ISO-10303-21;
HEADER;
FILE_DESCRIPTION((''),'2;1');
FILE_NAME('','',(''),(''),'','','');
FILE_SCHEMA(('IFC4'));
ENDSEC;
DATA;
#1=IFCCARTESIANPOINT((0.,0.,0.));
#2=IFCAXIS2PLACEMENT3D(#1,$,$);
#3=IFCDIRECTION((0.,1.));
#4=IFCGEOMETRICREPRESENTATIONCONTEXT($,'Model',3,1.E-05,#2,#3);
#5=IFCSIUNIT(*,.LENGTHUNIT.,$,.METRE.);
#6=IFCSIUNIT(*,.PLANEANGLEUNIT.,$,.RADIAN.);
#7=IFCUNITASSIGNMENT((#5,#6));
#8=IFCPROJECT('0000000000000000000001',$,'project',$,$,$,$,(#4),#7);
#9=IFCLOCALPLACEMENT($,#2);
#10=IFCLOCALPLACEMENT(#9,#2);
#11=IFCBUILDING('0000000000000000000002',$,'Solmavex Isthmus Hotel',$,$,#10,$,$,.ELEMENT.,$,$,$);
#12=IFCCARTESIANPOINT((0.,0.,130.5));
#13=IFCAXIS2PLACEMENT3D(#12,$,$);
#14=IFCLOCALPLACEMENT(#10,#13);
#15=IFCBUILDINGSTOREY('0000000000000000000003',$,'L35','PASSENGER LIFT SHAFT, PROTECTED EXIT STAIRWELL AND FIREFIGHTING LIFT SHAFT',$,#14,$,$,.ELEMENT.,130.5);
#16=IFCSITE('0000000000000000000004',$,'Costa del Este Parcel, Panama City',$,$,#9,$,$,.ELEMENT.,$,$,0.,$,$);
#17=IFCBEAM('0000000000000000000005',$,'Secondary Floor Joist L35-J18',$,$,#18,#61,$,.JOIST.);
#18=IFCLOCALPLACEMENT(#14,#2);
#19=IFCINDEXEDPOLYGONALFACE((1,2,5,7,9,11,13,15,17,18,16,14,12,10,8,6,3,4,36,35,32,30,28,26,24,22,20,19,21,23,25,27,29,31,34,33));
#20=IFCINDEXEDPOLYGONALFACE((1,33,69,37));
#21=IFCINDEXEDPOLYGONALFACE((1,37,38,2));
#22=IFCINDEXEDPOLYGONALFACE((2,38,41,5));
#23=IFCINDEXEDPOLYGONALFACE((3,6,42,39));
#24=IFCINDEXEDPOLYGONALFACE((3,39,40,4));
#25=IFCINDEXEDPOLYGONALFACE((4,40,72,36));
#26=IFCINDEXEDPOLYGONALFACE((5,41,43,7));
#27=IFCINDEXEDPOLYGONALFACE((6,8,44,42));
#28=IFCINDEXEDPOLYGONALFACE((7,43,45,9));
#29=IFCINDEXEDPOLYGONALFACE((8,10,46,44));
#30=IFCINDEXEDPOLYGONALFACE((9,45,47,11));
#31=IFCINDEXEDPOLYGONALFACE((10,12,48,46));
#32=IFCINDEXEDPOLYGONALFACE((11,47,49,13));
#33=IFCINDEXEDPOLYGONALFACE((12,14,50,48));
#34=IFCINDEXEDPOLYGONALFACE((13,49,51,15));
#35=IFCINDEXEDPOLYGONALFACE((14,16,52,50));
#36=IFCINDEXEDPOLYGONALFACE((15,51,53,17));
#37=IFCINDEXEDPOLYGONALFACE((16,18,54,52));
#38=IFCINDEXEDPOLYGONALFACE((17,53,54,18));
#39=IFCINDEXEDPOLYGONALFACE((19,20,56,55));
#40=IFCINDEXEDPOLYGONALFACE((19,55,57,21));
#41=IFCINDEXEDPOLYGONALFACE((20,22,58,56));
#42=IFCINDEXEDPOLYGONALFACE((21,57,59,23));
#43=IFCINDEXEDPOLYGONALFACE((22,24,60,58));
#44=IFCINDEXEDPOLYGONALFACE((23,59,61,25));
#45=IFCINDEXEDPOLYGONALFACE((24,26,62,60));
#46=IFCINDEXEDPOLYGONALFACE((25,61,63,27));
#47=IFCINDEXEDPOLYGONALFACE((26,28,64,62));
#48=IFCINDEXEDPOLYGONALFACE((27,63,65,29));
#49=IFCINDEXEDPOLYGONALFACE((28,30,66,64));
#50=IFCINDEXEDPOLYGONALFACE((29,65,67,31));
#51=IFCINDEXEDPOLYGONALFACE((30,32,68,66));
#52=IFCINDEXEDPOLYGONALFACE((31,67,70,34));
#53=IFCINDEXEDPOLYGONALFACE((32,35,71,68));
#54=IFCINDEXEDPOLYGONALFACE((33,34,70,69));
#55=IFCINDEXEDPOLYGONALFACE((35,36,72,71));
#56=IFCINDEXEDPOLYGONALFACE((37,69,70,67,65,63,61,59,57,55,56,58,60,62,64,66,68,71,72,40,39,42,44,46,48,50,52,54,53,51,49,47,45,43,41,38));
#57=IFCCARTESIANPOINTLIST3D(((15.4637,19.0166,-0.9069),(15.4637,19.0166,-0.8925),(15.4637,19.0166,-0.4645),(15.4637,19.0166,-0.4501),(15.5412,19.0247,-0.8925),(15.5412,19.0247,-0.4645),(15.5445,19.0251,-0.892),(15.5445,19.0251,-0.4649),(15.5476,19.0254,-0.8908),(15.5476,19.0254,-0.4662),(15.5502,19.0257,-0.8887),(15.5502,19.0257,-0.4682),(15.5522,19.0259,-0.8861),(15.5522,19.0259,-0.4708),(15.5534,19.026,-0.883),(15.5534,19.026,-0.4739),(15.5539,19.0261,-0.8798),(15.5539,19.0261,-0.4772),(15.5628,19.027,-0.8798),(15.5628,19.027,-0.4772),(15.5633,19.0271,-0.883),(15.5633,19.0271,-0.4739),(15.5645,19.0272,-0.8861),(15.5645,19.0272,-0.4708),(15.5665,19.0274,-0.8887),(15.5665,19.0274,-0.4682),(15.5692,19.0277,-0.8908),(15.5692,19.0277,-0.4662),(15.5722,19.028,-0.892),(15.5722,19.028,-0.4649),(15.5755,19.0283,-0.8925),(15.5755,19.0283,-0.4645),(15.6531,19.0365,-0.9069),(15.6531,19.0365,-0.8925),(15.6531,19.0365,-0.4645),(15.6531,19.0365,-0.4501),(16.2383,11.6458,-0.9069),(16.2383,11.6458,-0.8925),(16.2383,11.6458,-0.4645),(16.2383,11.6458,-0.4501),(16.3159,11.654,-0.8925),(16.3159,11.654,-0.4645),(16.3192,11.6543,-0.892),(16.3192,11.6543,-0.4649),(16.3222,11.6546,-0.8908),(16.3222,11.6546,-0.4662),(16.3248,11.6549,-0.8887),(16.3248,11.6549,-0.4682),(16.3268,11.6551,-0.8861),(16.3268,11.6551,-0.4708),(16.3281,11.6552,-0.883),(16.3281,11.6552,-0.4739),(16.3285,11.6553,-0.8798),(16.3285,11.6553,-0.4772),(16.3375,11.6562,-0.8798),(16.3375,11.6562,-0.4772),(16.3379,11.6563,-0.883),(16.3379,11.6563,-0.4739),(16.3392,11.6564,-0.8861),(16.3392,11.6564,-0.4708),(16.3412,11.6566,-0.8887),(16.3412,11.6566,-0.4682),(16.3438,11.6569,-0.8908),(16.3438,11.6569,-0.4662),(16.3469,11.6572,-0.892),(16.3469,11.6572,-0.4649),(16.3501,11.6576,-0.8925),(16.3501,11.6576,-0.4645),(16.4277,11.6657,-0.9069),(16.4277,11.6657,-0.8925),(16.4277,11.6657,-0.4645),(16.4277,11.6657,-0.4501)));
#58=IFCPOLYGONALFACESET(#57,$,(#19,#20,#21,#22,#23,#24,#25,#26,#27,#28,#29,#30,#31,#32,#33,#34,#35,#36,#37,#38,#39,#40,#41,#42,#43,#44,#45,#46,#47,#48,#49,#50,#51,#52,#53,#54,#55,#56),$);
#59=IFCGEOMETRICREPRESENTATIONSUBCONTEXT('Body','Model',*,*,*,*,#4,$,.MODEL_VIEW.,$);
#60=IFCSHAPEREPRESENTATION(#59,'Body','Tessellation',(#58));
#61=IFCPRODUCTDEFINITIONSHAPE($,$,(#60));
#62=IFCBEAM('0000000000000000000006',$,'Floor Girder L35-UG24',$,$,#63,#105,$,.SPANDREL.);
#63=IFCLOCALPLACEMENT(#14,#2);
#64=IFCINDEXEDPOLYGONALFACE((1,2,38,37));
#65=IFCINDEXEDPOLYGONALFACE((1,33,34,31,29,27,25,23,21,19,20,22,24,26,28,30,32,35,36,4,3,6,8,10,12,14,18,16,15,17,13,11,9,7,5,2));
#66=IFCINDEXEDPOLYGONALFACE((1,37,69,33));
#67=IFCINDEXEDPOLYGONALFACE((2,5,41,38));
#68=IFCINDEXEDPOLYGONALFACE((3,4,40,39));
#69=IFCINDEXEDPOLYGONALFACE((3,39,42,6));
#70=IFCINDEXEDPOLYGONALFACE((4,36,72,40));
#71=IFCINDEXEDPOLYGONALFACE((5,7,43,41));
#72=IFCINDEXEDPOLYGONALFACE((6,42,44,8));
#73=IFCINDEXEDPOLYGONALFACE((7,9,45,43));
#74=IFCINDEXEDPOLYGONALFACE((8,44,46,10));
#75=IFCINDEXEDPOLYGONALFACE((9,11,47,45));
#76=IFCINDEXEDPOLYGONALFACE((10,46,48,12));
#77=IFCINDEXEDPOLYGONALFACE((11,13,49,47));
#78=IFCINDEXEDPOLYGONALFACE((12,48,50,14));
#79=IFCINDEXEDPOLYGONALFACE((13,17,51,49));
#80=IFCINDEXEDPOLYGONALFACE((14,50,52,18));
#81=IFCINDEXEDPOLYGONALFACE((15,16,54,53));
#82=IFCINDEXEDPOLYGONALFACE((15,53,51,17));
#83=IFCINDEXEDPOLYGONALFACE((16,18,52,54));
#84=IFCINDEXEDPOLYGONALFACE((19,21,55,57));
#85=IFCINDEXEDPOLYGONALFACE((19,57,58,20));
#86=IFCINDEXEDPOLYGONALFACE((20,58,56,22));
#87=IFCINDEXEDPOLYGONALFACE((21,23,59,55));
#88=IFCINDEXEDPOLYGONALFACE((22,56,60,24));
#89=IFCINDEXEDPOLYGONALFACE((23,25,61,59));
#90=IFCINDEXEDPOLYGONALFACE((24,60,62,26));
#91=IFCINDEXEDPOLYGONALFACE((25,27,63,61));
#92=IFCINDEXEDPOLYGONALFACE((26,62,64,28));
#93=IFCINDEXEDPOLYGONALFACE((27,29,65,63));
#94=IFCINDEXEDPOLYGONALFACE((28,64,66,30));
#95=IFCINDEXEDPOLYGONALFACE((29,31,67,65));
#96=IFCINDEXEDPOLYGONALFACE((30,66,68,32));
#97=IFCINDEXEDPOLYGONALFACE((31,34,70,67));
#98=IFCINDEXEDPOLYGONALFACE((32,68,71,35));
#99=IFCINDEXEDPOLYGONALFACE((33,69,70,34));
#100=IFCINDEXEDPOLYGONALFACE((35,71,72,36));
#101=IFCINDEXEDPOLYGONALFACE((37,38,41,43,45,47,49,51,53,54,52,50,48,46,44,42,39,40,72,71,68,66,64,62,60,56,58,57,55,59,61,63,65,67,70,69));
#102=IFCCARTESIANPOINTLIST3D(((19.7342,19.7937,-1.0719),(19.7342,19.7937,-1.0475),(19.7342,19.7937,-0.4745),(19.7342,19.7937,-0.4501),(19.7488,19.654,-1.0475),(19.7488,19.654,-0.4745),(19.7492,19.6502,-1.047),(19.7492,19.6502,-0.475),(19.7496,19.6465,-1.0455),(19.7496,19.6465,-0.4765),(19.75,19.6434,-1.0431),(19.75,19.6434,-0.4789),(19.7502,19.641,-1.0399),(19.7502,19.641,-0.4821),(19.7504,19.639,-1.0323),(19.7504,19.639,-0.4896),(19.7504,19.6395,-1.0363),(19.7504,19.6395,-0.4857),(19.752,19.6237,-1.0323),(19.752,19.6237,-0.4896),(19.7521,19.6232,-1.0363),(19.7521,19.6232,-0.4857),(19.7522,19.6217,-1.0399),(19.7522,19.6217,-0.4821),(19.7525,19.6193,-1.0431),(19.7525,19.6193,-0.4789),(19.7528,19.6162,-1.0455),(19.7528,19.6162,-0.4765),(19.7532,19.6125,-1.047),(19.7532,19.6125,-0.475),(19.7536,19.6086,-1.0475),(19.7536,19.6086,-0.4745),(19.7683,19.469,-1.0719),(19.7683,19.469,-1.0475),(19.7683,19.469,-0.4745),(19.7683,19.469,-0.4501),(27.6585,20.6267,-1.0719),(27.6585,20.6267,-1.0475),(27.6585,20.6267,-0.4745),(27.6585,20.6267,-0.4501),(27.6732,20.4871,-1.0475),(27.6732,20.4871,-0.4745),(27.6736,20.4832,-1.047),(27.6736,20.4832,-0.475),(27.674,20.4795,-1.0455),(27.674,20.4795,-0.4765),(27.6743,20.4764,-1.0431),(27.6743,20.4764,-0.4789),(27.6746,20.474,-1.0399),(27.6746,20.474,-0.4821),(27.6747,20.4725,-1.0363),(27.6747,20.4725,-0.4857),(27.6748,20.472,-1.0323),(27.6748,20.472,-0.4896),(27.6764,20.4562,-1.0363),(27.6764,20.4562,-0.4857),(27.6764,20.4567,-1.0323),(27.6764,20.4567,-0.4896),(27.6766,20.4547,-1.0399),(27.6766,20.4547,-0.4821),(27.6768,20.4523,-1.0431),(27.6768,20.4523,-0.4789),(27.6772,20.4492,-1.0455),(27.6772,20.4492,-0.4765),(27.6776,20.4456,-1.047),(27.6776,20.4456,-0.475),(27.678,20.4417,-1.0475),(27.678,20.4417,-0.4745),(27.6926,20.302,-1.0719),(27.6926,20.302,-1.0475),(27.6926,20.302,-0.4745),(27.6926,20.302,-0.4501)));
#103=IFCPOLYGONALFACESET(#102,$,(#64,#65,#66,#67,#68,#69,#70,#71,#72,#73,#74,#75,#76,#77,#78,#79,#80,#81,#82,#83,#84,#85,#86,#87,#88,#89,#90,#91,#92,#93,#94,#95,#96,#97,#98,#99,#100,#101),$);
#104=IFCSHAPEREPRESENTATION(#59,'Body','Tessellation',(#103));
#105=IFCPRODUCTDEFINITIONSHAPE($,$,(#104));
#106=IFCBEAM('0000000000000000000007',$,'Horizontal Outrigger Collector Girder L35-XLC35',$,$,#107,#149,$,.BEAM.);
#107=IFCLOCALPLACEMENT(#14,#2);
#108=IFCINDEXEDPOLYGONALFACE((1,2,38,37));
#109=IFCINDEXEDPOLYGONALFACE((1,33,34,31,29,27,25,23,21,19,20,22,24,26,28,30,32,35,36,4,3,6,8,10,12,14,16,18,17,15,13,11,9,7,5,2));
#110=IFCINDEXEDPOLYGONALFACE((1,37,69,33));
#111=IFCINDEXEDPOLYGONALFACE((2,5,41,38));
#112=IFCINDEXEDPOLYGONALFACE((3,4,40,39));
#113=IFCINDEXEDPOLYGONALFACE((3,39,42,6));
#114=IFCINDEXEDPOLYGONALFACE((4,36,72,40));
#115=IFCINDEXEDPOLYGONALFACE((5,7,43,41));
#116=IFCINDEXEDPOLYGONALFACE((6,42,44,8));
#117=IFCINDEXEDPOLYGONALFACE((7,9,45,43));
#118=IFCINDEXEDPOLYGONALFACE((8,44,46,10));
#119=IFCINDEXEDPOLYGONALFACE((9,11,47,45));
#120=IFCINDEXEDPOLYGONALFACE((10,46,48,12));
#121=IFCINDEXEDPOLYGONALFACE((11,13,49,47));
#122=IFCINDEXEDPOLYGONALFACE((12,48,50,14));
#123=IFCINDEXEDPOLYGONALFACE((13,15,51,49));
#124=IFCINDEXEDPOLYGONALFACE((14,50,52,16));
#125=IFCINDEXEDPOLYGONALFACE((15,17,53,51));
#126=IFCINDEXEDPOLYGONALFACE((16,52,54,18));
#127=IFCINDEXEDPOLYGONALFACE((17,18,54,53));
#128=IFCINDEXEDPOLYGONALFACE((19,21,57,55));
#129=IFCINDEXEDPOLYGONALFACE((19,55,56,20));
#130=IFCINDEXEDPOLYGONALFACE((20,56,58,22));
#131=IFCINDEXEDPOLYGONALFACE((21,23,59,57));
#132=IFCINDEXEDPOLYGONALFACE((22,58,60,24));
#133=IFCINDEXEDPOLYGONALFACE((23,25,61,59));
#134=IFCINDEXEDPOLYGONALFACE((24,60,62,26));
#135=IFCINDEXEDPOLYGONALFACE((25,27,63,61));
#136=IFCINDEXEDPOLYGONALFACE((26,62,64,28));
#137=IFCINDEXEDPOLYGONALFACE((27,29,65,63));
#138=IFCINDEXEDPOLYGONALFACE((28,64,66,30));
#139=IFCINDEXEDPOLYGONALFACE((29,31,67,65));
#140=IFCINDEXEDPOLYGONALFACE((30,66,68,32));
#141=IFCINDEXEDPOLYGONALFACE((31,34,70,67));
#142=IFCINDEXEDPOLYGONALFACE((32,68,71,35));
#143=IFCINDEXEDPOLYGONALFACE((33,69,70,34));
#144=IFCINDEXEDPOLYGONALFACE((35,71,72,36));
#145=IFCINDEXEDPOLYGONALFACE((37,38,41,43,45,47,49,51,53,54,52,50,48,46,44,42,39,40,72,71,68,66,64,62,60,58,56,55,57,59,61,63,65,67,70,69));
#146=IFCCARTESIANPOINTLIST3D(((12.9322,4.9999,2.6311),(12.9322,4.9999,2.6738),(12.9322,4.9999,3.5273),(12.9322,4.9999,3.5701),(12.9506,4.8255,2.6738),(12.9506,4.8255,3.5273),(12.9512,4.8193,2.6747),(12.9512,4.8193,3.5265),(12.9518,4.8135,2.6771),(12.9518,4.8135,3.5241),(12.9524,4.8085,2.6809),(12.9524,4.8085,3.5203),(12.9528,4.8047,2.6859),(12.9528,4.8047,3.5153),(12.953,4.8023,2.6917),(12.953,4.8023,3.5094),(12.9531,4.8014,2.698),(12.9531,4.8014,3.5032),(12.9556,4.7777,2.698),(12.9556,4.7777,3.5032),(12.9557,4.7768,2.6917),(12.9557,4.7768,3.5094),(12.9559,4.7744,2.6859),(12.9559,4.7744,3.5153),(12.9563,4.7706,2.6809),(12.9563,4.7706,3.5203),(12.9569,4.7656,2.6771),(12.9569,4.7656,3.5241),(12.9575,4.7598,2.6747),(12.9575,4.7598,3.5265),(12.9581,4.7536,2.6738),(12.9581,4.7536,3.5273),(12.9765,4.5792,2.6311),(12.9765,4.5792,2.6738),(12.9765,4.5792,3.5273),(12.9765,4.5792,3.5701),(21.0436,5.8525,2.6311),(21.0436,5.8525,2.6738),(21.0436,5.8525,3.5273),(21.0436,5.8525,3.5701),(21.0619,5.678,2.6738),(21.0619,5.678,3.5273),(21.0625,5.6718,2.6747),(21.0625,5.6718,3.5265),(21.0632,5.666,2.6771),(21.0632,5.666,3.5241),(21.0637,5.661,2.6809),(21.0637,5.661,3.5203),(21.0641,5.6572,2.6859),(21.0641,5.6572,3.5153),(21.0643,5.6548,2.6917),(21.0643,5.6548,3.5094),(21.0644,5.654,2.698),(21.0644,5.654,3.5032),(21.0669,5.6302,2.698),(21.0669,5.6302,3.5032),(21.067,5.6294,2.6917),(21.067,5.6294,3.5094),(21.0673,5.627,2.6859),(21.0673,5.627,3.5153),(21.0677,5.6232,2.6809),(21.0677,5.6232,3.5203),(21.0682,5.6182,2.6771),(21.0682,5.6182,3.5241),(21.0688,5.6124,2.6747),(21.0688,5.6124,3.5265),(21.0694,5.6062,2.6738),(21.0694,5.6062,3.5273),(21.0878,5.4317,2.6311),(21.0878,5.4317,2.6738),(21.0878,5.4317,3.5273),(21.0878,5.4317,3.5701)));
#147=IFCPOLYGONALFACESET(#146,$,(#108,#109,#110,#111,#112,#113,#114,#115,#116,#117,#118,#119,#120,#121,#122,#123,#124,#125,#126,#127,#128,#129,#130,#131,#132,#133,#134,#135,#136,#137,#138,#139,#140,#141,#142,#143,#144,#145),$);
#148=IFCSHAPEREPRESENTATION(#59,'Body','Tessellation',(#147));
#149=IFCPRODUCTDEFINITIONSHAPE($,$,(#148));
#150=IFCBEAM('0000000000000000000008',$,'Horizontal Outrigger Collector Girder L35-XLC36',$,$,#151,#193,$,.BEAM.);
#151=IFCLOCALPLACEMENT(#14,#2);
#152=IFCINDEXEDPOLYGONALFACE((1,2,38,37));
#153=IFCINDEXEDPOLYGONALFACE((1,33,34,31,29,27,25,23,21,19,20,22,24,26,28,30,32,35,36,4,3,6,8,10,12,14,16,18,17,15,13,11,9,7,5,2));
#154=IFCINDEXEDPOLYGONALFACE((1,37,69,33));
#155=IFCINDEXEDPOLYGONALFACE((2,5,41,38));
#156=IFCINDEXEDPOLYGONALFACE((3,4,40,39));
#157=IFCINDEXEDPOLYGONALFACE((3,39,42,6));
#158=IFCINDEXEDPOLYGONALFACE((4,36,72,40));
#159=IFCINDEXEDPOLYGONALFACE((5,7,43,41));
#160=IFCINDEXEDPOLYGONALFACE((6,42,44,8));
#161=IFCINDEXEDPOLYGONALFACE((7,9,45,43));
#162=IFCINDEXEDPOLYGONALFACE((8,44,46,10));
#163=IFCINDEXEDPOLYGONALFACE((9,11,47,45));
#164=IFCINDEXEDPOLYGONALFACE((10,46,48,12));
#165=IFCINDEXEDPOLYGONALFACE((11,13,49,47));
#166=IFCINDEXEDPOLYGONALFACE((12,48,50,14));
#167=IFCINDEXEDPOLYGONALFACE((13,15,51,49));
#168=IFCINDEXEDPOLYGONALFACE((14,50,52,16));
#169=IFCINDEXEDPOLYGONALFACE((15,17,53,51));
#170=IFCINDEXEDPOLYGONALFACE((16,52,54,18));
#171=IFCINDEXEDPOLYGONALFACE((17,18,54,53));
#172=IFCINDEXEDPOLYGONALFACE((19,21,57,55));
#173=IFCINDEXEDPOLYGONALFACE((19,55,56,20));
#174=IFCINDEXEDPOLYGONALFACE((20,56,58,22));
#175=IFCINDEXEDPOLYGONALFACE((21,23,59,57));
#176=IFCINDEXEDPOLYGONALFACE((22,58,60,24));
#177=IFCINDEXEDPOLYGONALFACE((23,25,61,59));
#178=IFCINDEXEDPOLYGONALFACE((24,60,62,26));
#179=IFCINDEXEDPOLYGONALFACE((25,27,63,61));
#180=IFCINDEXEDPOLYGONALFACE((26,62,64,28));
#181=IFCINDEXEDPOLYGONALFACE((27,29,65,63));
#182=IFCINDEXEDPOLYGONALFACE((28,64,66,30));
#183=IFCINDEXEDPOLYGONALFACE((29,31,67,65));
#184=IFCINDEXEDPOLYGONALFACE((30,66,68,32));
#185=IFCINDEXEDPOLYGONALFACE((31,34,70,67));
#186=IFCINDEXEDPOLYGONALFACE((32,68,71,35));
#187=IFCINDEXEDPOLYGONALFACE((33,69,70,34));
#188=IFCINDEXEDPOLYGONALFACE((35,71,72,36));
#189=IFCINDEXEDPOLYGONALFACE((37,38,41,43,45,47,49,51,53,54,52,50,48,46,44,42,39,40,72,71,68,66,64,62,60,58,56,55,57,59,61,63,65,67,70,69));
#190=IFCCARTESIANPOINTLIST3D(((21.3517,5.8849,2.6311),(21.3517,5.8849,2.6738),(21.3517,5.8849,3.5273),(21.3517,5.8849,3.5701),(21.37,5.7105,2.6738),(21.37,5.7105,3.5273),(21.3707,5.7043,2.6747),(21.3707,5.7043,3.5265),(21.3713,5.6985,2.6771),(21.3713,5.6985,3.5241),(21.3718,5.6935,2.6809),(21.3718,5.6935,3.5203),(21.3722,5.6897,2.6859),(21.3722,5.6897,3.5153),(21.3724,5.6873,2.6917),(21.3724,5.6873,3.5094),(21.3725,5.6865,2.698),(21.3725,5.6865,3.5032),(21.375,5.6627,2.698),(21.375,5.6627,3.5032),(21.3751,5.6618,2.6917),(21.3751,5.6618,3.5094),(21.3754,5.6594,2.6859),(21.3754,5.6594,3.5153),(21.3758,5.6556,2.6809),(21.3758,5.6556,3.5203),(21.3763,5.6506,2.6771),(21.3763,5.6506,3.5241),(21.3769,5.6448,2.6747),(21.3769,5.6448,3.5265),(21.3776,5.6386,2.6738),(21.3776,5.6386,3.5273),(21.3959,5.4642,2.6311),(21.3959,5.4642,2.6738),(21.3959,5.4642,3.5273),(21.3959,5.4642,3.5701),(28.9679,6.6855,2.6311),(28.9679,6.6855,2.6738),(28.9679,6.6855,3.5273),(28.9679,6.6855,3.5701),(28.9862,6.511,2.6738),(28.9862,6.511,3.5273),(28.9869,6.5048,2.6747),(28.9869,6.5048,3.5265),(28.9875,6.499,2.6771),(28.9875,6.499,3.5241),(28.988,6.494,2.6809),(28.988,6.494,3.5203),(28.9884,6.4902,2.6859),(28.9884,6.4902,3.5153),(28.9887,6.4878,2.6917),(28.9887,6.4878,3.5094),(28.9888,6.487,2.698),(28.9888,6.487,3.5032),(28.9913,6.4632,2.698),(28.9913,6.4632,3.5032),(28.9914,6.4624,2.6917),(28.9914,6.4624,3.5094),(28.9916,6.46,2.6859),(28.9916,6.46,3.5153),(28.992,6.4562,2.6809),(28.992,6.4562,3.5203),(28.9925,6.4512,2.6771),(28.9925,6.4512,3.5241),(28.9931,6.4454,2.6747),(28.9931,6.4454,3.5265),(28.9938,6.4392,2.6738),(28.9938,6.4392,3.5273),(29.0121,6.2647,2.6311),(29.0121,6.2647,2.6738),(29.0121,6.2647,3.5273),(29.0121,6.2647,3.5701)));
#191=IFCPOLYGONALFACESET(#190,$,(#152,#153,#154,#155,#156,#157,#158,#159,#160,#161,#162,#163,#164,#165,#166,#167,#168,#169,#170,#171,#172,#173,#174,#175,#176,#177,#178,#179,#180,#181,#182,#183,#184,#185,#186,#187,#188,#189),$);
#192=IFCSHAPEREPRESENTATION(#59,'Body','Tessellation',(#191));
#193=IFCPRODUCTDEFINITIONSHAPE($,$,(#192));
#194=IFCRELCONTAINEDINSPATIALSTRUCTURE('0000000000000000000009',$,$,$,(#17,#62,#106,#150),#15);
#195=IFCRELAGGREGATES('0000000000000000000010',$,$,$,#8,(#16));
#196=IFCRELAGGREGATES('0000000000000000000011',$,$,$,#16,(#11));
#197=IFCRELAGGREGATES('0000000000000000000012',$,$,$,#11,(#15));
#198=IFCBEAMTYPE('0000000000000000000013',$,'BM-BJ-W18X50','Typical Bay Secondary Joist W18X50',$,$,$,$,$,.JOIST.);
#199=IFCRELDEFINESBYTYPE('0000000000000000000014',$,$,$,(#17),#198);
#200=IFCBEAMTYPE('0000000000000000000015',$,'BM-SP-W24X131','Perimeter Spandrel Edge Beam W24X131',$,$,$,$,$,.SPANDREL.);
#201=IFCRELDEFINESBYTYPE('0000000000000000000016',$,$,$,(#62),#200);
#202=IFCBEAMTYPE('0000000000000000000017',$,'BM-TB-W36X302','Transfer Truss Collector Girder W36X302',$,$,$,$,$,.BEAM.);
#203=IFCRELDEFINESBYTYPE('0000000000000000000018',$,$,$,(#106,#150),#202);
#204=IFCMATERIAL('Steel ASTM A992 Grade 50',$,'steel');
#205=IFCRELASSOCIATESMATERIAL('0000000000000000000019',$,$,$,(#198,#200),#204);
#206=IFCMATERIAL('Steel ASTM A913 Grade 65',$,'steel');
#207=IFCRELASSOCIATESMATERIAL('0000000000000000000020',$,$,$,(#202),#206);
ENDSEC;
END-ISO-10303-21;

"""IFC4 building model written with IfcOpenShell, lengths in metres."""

from ifc_helpers import new_model, si_unit, direction, frame, origin, origin_2d, place, context, subcontext, project, spatial, i_section, extrude, material, material_profile, profile_set, type_object, element, save


model = new_model("IFC4")

# Units and contexts
model_context = context("Model", 3, precision=1e-05, world=origin(), true_north=direction((0.0, 1.0)))
body_context = subcontext(model_context, "Body", "Model", "MODEL_VIEW")
ifc_project = project(units=[si_unit("LENGTHUNIT", "METRE"), si_unit("PLANEANGLEUNIT", "RADIAN")], contexts=[model_context])

# Site, building, storey
site_placement = place(None, origin())
site = spatial("IfcSite", under=ifc_project, at=site_placement, Name="Costa del Este Parcel, Panama City", CompositionType="ELEMENT", RefElevation=0.0)
building_placement = place(site_placement, origin())
building = spatial("IfcBuilding", under=site, at=building_placement, Name="Solmavex Isthmus Hotel", CompositionType="ELEMENT")
storey_placement = place(building_placement, frame((0.0, 0.0, 130.5)))
storey = spatial("IfcBuildingStorey", under=building, at=storey_placement, Name="L35", Description="PASSENGER LIFT SHAFT, PROTECTED EXIT STAIRWELL AND FIREFIGHTING LIFT SHAFT", CompositionType="ELEMENT", Elevation=130.5)

# Shared definitions
ifc_material_1 = material(Name="Steel ASTM A913 Grade 65", Category="steel")

# Beams
ifc_material_2 = material(Name="Steel ASTM A992 Grade 50", Category="steel")
ifc_material_profile_1 = material_profile(ifc_material_2, i_section(OverallWidth=0.1904, OverallDepth=0.4568, WebThickness=0.009, FlangeThickness=0.0144, FilletRadius=0.0127, at=origin_2d()), Name="W18X50")
ifc_profile_set_1 = profile_set([ifc_material_profile_1], Name="Steel ASTM A992 Grade 50")
beam_type_1 = type_object("IfcBeamType", Name="BM-BJ-W18X50", Description="Typical Bay Secondary Joist W18X50", PredefinedType="JOIST", material=ifc_profile_set_1)
beam_1_placement = place(storey_placement, frame((16.333, 11.6558, -0.6785), z_axis=(-0.104522, 0.994523, 0.0), x_axis=(-0.994523, -0.104522, 0.0)))
element("IfcBeam", 1, at=beam_1_placement, inside=storey, type_object=beam_type_1, Name="Secondary Floor Joist L35-J18", PredefinedType="JOIST", context=body_context, shape_type="SweptSolid", body=[
    extrude(i_section(OverallWidth=0.1904, OverallDepth=0.4568, WebThickness=0.009, FlangeThickness=0.0144, FilletRadius=0.0127, at=origin_2d()), origin(), (0.0, 0.0, 1.0), 7.4114),
])
ifc_material_profile_2 = material_profile(ifc_material_2, i_section(OverallWidth=0.3264, OverallDepth=0.6218, WebThickness=0.0154, FlangeThickness=0.0244, FilletRadius=0.0151, at=origin_2d()), Name="W24X131")
ifc_profile_set_2 = profile_set([ifc_material_profile_2], Name="Steel ASTM A992 Grade 50")
beam_type_2 = type_object("IfcBeamType", Name="BM-SP-W24X131", Description="Perimeter Spandrel Edge Beam W24X131", PredefinedType="SPANDREL", material=ifc_profile_set_2)
beam_2_placement = place(storey_placement, frame((19.7512, 19.6313, -0.761), z_axis=(0.99452, 0.104544, 0.0), x_axis=(-0.104544, 0.99452, 0.0)))
element("IfcBeam", 2, at=beam_2_placement, inside=storey, type_object=beam_type_2, Name="Floor Girder L35-UG24", PredefinedType="SPANDREL", context=body_context, shape_type="SweptSolid", body=[
    extrude(i_section(OverallWidth=0.3264, OverallDepth=0.6218, WebThickness=0.0154, FlangeThickness=0.0244, FilletRadius=0.0151, at=origin_2d()), origin(), (0.0, 0.0, 1.0), 7.968),
])
ifc_material_profile_3 = material_profile(ifc_material_1, i_section(OverallWidth=0.4231, OverallDepth=0.939, WebThickness=0.0239, FlangeThickness=0.0427, FilletRadius=0.0242, at=origin_2d()), Name="W36X302")
ifc_profile_set_3 = profile_set([ifc_material_profile_3], Name="Steel ASTM A913 Grade 65")
beam_type_3 = type_object("IfcBeamType", Name="BM-TB-W36X302", Description="Transfer Truss Collector Girder W36X302", PredefinedType="BEAM", material=ifc_profile_set_3)
beam_3_placement = place(storey_placement, frame((12.9543, 4.7896, 3.1006), z_axis=(0.994522, 0.104529, 0.0), x_axis=(-0.104529, 0.994522, 0.0)))
element("IfcBeam", 3, at=beam_3_placement, inside=storey, type_object=beam_type_3, Name="Horizontal Outrigger Collector Girder L35-XLC35", PredefinedType="BEAM", context=body_context, shape_type="SweptSolid", body=[
    extrude(i_section(OverallWidth=0.4231, OverallDepth=0.939, WebThickness=0.0239, FlangeThickness=0.0427, FilletRadius=0.0242, at=origin_2d()), origin(), (0.0, 0.0, 1.0), 8.156),
])
beam_4_placement = place(storey_placement, frame((21.3738, 5.6746, 3.1006), z_axis=(0.994521, 0.104534, 0.0), x_axis=(-0.104534, 0.994521, 0.0)))
element("IfcBeam", 4, at=beam_4_placement, inside=storey, type_object=beam_type_3, Name="Horizontal Outrigger Collector Girder L35-XLC36", PredefinedType="BEAM", context=body_context, shape_type="SweptSolid", body=[
    extrude(i_section(OverallWidth=0.4231, OverallDepth=0.939, WebThickness=0.0239, FlangeThickness=0.0427, FilletRadius=0.0242, at=origin_2d()), origin(), (0.0, 0.0, 1.0), 7.6582),
])

save(model, "model.ifc")
